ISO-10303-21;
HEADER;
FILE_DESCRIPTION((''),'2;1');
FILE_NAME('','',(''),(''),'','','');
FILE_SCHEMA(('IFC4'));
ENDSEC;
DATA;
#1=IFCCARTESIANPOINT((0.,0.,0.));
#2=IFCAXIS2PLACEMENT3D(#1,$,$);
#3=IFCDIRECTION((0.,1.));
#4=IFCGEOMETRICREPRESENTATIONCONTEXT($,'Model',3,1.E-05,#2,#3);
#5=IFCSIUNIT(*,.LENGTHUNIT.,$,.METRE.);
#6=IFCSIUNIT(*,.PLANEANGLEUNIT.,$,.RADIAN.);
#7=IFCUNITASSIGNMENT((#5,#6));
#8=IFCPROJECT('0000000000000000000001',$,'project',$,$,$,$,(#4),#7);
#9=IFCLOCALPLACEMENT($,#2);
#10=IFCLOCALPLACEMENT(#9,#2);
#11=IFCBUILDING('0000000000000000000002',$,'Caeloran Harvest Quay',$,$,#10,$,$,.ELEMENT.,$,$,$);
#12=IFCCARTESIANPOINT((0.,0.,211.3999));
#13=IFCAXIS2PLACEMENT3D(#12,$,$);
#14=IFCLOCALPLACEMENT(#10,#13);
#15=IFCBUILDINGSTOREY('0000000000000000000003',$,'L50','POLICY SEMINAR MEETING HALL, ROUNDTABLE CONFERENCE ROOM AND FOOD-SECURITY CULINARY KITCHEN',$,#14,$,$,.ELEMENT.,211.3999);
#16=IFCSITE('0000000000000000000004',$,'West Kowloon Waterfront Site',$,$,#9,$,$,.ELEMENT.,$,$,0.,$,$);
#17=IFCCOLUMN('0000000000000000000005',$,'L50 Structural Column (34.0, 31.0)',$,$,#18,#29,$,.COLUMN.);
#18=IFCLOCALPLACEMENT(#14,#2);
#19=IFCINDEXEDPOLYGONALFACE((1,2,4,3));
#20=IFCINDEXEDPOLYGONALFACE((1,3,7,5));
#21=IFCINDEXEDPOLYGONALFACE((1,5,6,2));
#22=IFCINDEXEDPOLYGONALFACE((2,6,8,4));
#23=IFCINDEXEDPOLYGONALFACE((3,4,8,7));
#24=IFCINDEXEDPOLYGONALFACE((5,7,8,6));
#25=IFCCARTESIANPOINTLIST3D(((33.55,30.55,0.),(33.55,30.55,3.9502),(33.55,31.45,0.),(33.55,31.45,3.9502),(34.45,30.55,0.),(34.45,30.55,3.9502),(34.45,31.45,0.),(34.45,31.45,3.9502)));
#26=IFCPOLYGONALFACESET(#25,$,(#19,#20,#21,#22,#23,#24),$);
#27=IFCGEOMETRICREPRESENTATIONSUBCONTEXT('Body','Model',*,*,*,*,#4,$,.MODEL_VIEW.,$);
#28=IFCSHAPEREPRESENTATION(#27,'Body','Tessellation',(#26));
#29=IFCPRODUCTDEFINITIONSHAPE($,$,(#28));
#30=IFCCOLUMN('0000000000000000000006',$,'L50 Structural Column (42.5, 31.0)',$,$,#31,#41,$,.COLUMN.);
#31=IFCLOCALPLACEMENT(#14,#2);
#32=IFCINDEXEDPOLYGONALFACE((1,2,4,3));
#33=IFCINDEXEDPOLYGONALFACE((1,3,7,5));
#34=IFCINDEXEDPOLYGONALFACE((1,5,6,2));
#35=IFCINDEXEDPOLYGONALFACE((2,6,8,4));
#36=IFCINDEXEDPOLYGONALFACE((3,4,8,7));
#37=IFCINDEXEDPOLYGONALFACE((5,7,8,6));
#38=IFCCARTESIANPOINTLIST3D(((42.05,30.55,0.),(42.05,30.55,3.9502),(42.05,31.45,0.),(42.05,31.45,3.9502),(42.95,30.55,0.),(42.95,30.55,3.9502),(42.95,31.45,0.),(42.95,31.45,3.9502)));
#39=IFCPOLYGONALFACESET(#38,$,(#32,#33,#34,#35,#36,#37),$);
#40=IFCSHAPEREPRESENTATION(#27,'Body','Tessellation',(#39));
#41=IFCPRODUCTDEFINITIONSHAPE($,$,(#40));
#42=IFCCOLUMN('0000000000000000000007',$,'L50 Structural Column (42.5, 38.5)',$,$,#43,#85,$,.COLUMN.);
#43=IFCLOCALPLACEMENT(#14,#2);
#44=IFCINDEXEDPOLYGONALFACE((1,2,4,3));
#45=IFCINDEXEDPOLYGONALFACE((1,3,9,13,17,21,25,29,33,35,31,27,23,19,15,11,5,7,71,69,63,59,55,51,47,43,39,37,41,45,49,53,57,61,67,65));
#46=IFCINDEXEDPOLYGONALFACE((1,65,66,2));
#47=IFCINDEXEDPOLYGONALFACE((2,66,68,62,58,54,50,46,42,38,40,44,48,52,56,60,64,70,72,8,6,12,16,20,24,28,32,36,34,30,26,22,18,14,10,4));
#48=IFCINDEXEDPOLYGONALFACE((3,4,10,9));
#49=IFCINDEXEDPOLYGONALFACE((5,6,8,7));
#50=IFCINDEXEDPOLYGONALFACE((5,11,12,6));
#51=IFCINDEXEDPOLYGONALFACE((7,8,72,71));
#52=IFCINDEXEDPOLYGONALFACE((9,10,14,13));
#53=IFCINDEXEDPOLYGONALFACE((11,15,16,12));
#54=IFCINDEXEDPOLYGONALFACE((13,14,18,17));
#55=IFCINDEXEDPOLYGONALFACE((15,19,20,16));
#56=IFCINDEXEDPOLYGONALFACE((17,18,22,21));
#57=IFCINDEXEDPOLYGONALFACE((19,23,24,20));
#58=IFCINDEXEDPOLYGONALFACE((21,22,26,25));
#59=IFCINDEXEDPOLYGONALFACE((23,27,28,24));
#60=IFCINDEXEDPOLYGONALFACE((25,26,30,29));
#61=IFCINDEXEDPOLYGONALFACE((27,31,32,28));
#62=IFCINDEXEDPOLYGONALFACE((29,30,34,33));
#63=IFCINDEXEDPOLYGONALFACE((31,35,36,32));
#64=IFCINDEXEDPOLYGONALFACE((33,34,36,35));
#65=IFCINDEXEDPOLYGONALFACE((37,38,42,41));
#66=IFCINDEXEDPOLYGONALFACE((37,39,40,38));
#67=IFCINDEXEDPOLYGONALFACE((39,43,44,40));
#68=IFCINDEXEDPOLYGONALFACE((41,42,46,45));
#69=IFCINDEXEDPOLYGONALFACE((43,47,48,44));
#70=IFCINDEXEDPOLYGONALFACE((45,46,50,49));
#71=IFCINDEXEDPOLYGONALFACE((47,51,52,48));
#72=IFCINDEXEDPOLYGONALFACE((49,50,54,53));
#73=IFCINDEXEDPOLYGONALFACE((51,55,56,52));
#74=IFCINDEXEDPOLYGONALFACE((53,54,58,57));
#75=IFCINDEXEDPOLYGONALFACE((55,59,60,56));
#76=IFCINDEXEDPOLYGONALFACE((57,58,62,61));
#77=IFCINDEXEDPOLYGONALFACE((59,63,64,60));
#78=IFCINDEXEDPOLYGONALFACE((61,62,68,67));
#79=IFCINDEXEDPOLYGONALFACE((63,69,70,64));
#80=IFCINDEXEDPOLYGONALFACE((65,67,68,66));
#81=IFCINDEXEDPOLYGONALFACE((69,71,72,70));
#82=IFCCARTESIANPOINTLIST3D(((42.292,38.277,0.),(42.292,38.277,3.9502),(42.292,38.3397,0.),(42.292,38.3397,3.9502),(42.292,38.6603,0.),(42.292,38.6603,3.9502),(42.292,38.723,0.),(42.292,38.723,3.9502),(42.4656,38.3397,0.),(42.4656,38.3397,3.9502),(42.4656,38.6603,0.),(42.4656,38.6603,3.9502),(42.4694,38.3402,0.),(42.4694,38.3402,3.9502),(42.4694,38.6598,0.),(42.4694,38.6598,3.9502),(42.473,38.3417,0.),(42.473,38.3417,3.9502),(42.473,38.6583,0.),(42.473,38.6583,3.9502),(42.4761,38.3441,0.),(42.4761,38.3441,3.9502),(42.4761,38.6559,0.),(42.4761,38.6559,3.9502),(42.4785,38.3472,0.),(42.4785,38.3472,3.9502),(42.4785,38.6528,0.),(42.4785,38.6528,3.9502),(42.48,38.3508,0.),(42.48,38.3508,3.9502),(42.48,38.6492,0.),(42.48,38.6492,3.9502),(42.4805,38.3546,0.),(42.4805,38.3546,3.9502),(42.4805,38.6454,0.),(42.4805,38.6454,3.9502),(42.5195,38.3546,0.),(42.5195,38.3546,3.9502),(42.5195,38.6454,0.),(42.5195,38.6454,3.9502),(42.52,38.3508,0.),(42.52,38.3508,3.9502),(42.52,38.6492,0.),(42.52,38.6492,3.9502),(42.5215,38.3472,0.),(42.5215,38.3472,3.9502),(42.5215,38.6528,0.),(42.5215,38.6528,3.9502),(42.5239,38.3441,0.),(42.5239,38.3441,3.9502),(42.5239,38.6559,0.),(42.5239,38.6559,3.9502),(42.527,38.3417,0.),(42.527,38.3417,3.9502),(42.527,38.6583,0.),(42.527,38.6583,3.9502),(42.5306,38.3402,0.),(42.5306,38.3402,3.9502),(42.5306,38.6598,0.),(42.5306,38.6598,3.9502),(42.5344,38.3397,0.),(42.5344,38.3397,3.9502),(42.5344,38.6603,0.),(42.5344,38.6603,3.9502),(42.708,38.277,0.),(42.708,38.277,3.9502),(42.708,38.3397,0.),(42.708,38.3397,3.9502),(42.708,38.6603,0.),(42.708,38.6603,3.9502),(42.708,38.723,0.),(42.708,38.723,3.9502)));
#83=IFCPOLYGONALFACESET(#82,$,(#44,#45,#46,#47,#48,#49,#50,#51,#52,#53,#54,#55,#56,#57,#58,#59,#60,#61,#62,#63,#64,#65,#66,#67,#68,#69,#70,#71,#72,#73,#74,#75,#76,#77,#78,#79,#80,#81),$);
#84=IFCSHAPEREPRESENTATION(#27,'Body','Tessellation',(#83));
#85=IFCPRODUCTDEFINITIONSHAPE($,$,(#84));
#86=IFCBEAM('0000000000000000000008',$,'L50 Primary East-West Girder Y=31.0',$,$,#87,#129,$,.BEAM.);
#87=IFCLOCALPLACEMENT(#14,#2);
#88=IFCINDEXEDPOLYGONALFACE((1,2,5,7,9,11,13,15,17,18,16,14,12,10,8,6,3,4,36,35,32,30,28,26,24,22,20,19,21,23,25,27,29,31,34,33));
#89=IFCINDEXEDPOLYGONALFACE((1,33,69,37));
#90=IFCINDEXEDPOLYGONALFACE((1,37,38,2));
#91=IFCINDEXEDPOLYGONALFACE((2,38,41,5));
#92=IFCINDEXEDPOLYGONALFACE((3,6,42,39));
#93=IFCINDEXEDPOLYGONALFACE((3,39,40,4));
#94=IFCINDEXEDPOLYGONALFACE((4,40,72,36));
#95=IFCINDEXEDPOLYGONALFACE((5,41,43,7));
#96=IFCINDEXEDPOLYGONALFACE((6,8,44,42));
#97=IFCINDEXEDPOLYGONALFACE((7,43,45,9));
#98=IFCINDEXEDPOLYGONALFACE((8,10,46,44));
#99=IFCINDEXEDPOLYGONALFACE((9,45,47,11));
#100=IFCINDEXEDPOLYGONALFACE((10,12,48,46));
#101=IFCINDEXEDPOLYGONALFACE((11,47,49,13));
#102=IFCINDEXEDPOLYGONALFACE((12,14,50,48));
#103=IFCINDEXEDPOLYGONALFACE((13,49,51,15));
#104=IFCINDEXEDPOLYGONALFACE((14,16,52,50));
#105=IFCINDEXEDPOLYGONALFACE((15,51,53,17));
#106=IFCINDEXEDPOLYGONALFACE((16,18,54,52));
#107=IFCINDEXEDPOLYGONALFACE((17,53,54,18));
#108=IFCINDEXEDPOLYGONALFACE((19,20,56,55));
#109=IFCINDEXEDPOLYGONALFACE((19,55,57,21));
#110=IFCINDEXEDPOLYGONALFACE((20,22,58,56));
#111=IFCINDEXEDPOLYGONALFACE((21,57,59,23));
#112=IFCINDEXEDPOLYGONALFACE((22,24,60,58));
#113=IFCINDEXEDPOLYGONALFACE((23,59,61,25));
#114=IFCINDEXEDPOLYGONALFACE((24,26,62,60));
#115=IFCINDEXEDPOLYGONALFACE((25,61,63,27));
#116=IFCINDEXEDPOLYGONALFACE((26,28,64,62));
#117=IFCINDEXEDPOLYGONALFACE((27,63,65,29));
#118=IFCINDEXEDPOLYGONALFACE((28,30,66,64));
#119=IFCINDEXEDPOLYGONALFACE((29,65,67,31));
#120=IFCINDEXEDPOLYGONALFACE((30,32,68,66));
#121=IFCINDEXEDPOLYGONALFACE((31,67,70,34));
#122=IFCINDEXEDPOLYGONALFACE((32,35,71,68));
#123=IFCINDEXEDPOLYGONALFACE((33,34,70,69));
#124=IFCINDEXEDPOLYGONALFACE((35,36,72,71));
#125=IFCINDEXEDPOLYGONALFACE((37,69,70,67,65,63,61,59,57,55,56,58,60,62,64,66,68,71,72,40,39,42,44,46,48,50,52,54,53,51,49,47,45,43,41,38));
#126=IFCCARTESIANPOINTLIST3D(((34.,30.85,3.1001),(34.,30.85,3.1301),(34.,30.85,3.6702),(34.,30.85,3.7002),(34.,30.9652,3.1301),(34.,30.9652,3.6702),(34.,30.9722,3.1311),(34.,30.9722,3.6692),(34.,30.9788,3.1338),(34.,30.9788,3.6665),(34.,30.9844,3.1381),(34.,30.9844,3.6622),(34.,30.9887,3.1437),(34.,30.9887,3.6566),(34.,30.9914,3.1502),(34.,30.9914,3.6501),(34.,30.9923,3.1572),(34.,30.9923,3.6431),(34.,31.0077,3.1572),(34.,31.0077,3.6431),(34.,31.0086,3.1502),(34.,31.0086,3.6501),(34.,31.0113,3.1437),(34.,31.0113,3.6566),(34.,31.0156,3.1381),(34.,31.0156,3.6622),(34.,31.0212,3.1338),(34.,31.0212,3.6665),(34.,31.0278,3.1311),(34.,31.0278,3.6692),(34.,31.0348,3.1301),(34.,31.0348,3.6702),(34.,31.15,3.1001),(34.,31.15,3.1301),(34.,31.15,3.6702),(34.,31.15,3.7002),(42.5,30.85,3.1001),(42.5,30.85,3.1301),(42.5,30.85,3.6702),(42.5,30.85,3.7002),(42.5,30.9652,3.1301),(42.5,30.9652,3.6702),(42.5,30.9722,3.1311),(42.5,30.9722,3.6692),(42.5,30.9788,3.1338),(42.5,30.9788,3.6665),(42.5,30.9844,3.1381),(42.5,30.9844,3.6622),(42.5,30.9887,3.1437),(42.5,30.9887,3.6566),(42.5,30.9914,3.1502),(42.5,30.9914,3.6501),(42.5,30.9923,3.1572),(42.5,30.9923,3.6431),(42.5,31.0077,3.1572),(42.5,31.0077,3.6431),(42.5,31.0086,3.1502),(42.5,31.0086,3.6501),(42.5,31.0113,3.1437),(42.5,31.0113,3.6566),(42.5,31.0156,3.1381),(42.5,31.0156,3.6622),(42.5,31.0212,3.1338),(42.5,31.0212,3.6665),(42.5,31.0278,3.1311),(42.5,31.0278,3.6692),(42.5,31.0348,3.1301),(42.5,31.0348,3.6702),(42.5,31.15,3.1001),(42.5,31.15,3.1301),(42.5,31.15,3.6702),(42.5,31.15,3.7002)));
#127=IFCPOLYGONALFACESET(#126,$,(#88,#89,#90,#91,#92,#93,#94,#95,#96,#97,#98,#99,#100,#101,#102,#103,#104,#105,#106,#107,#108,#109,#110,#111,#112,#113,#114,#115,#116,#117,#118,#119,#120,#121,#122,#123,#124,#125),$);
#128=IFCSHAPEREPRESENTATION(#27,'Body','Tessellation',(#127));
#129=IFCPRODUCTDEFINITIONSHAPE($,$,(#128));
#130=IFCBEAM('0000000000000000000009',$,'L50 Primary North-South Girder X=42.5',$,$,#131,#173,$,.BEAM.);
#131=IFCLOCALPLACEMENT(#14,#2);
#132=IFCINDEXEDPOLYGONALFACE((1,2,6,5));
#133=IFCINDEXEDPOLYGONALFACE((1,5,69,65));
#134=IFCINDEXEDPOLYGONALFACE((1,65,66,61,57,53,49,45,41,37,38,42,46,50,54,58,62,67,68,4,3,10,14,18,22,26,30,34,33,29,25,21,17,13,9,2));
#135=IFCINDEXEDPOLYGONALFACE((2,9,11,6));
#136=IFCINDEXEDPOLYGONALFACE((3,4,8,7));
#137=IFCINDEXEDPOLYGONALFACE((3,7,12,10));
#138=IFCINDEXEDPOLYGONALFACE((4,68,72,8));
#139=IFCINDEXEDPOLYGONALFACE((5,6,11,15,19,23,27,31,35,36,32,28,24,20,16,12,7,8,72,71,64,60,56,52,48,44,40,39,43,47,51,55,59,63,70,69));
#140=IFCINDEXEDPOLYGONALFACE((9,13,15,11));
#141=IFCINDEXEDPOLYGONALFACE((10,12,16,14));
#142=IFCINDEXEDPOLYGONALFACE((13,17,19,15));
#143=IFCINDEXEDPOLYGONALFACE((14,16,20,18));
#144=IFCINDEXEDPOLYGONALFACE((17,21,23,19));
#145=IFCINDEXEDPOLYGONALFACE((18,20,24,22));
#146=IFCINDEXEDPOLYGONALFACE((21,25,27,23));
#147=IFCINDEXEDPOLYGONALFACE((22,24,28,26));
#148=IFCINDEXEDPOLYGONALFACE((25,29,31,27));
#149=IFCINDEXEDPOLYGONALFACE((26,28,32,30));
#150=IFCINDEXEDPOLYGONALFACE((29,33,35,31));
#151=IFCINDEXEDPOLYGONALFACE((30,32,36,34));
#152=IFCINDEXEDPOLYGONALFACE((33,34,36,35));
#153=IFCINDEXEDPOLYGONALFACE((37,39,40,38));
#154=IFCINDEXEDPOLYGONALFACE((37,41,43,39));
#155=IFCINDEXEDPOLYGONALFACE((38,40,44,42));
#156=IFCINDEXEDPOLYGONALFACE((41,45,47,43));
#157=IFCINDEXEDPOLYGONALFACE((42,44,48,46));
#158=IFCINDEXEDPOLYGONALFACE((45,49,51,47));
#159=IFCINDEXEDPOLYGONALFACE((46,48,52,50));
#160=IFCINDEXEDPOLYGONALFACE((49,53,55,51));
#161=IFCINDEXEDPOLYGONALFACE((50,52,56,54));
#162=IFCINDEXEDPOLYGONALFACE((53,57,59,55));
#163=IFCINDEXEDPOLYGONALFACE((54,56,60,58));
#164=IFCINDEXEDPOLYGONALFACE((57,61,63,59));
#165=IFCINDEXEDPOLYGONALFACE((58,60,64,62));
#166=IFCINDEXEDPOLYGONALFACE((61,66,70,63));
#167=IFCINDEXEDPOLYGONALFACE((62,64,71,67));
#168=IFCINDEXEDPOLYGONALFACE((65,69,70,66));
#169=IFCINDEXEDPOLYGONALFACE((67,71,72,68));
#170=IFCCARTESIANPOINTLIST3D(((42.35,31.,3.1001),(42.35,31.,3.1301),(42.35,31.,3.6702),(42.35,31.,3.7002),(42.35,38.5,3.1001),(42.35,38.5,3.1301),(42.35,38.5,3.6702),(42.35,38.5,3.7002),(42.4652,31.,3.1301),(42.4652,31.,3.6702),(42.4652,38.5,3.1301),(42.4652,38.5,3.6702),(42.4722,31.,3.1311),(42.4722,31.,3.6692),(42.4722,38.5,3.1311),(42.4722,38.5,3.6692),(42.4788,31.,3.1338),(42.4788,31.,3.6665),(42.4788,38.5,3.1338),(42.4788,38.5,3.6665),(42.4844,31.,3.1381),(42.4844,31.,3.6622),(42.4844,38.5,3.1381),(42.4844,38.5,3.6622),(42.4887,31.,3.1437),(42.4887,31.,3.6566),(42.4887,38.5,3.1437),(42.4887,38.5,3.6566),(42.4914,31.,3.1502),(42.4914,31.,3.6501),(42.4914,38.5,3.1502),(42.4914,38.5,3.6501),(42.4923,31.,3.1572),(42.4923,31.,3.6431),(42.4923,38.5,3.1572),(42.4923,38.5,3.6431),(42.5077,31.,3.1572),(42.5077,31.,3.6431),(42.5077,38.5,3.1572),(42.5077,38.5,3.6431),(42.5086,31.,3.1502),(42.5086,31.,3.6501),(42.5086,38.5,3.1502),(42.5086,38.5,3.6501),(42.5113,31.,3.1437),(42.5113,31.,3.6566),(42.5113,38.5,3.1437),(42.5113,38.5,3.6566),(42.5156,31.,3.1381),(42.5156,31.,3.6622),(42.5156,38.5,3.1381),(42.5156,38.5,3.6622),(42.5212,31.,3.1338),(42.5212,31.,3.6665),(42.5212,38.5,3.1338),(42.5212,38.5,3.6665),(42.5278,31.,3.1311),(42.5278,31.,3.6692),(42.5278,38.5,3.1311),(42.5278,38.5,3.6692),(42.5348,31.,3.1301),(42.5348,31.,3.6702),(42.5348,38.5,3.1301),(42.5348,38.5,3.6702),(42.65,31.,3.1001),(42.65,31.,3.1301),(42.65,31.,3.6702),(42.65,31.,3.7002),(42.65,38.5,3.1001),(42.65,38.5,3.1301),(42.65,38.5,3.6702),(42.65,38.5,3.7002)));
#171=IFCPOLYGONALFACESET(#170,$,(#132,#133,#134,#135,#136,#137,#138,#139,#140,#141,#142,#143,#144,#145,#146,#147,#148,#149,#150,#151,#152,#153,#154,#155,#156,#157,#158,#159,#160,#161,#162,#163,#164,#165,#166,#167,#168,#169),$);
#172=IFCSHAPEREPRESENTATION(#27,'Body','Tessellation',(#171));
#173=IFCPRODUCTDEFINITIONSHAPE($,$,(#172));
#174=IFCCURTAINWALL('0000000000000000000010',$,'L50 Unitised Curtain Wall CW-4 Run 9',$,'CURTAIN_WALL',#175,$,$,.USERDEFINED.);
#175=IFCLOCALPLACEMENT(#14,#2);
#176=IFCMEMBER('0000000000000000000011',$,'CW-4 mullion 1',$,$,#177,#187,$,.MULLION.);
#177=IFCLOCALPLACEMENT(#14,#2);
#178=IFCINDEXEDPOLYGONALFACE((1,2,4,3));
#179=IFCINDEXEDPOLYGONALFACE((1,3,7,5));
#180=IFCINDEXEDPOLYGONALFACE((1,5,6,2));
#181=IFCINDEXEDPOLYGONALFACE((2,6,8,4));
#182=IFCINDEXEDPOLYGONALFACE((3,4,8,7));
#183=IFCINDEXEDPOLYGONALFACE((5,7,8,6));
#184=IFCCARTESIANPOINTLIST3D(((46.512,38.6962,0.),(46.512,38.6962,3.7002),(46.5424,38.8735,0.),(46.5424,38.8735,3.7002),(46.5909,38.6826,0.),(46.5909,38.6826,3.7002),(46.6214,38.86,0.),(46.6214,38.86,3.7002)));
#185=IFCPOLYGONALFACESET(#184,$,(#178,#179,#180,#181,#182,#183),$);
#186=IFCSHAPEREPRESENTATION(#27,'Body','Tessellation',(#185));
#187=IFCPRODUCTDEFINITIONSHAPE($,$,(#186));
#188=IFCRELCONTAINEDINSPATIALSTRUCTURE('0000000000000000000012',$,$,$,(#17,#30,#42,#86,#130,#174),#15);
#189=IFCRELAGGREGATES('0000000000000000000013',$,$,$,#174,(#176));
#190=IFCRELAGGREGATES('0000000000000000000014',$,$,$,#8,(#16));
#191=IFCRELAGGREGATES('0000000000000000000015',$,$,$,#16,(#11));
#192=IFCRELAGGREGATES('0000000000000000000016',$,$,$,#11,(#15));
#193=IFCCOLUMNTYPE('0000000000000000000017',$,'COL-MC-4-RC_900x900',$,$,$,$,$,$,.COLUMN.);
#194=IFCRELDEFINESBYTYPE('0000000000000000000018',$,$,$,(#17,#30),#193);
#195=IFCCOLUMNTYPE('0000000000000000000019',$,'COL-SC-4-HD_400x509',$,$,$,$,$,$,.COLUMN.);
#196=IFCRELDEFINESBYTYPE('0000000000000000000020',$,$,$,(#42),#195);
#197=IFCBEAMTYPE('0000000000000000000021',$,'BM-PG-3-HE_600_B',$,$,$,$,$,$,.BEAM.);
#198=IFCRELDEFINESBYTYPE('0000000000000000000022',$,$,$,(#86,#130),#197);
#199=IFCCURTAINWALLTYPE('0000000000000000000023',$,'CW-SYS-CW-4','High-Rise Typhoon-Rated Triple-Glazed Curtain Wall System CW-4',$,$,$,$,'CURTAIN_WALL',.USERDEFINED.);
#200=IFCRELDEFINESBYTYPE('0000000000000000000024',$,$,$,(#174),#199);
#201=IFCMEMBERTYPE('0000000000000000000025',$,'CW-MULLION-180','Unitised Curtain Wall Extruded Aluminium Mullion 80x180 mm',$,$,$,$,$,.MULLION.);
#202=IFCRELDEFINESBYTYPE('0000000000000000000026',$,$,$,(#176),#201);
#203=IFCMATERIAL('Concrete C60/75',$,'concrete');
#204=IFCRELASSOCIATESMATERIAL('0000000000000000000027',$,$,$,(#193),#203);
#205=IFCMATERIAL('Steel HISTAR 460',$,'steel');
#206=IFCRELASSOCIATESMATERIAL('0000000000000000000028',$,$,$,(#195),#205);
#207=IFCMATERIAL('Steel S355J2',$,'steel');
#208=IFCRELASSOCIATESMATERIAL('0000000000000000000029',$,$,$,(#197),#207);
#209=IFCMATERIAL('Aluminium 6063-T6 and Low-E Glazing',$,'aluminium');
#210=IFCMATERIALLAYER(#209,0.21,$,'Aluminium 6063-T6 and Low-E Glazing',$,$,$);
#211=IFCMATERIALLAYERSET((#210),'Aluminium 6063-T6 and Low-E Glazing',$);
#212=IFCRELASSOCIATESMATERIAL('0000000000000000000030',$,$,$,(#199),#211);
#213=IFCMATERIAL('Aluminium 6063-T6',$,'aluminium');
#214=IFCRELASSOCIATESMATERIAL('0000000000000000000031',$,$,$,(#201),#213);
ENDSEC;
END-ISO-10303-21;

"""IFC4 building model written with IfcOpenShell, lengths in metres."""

from ifc_helpers import new_model, si_unit, direction, frame, origin, origin_2d, place, context, subcontext, project, spatial, rectangle, i_section, extrude, material, layer, layer_set, material_profile, profile_set, type_object, element, aggregate, save


model = new_model("IFC4")

# Units and contexts
model_context = context("Model", 3, precision=1e-05, world=origin(), true_north=direction((0.0, 1.0)))
body_context = subcontext(model_context, "Body", "Model", "MODEL_VIEW")
ifc_project = project(units=[si_unit("LENGTHUNIT", "METRE"), si_unit("PLANEANGLEUNIT", "RADIAN")], contexts=[model_context])

# Site, building, storey
site_placement = place(None, origin())
site = spatial("IfcSite", under=ifc_project, at=site_placement, Name="West Kowloon Waterfront Site", CompositionType="ELEMENT", RefElevation=0.0)
building_placement = place(site_placement, origin())
building = spatial("IfcBuilding", under=site, at=building_placement, Name="Caeloran Harvest Quay", CompositionType="ELEMENT")
storey_placement = place(building_placement, frame((0.0, 0.0, 211.3999)))
storey = spatial("IfcBuildingStorey", under=building, at=storey_placement, Name="L50", Description="POLICY SEMINAR MEETING HALL, ROUNDTABLE CONFERENCE ROOM AND FOOD-SECURITY CULINARY KITCHEN", CompositionType="ELEMENT", Elevation=211.3999)

# Columns
ifc_material_1 = material(Name="Concrete C60/75", Category="concrete")
ifc_material_profile_1 = material_profile(ifc_material_1, rectangle(XDim=0.8999, YDim=0.8999, at=origin_2d()), Name="RC 900x900")
ifc_profile_set_1 = profile_set([ifc_material_profile_1], Name="Concrete C60/75")
column_type_1 = type_object("IfcColumnType", Name="COL-MC-4-RC_900x900", PredefinedType="COLUMN", material=ifc_profile_set_1)
for number, where, z_axis, x_axis, name in (
    (1, (34.0, 31.0, 0.0), (0.0, 0.0, 1.0), (1.0, 0.0, 0.0), "L50 Structural Column (34.0, 31.0)"),
    (2, (42.5, 31.0, 0.0), (0.0, 0.0, 1.0), (1.0, 0.0, 0.0), "L50 Structural Column (42.5, 31.0)"),
):
    element("IfcColumn", number, at=place(storey_placement, frame(where, z_axis=z_axis, x_axis=x_axis)), inside=storey, type_object=column_type_1, Name=name, PredefinedType="COLUMN", context=body_context, shape_type="SweptSolid", body=[
        extrude(rectangle(XDim=0.8999, YDim=0.8999, at=origin_2d()), origin(), (0.0, 0.0, 1.0), 3.9502),
    ])
ifc_material_2 = material(Name="Steel HISTAR 460", Category="steel")
ifc_material_profile_2 = material_profile(ifc_material_2, i_section(OverallWidth=0.416, OverallDepth=0.446, WebThickness=0.0391, FlangeThickness=0.0627, FilletRadius=0.0149, at=origin_2d()), Name="HD 400x509")
ifc_profile_set_2 = profile_set([ifc_material_profile_2], Name="Steel HISTAR 460")
column_type_2 = type_object("IfcColumnType", Name="COL-SC-4-HD_400x509", PredefinedType="COLUMN", material=ifc_profile_set_2)
column_placement = place(storey_placement, frame((42.5, 38.5, 0.0), z_axis=(0.0, 0.0, 1.0), x_axis=(1.0, 0.0, 0.0)))
element("IfcColumn", 3, at=column_placement, inside=storey, type_object=column_type_2, Name="L50 Structural Column (42.5, 38.5)", PredefinedType="COLUMN", context=body_context, shape_type="SweptSolid", body=[
    extrude(i_section(OverallWidth=0.416, OverallDepth=0.446, WebThickness=0.0391, FlangeThickness=0.0627, FilletRadius=0.0149, at=origin_2d()), origin(), (0.0, 0.0, 1.0), 3.9502),
])

# Beams
ifc_material_3 = material(Name="Steel S355J2", Category="steel")
ifc_material_profile_3 = material_profile(ifc_material_3, i_section(OverallWidth=0.3, OverallDepth=0.6001, WebThickness=0.0154, FlangeThickness=0.03, FilletRadius=0.0271, at=origin_2d()), Name="HE 600 B")
ifc_profile_set_3 = profile_set([ifc_material_profile_3], Name="Steel S355J2")
beam_type = type_object("IfcBeamType", Name="BM-PG-3-HE_600_B", PredefinedType="BEAM", material=ifc_profile_set_3)
beam_1_placement = place(storey_placement, frame((34.0, 31.0, 3.4001), z_axis=(1.0, 0.0, 0.0), x_axis=(0.0, 1.0, 0.0)))
element("IfcBeam", 4, at=beam_1_placement, inside=storey, type_object=beam_type, Name="L50 Primary East-West Girder Y=31.0", PredefinedType="BEAM", context=body_context, shape_type="SweptSolid", body=[
    extrude(i_section(OverallWidth=0.3, OverallDepth=0.6001, WebThickness=0.0154, FlangeThickness=0.03, FilletRadius=0.0271, at=origin_2d()), origin(), (0.0, 0.0, 1.0), 8.5),
])
beam_2_placement = place(storey_placement, frame((42.5, 31.0, 3.4001), z_axis=(0.0, 1.0, 0.0), x_axis=(-1.0, 0.0, 0.0)))
element("IfcBeam", 5, at=beam_2_placement, inside=storey, type_object=beam_type, Name="L50 Primary North-South Girder X=42.5", PredefinedType="BEAM", context=body_context, shape_type="SweptSolid", body=[
    extrude(i_section(OverallWidth=0.3, OverallDepth=0.6001, WebThickness=0.0154, FlangeThickness=0.03, FilletRadius=0.0271, at=origin_2d()), origin(), (0.0, 0.0, 1.0), 7.5),
])

# Curtain wall, member
ifc_material_4 = material(Name="Aluminium 6063-T6 and Low-E Glazing", Category="aluminium")
ifc_layer_1 = layer(ifc_material_4, 0.21, Name="Aluminium 6063-T6 and Low-E Glazing")
ifc_layer_set_1 = layer_set([ifc_layer_1], Name="Aluminium 6063-T6 and Low-E Glazing")
curtain_wall_type = type_object("IfcCurtainWallType", Name="CW-SYS-CW-4", Description="High-Rise Typhoon-Rated Triple-Glazed Curtain Wall System CW-4", ElementType="CURTAIN_WALL", PredefinedType="USERDEFINED", material=ifc_layer_set_1)
curtain_wall_placement = place(storey_placement, origin())
curtain_wall = element("IfcCurtainWall", 6, at=curtain_wall_placement, inside=storey, type_object=curtain_wall_type, Name="L50 Unitised Curtain Wall CW-4 Run 9", ObjectType="CURTAIN_WALL", PredefinedType="USERDEFINED")
ifc_material_5 = material(Name="Aluminium 6063-T6", Category="aluminium")
ifc_material_profile_4 = material_profile(ifc_material_5, rectangle(XDim=0.0801, YDim=0.1799, at=origin_2d()), Name="CW-MULLION-180")
ifc_profile_set_4 = profile_set([ifc_material_profile_4], Name="Aluminium 6063-T6")
member_type_1 = type_object("IfcMemberType", Name="CW-MULLION-180", Description="Unitised Curtain Wall Extruded Aluminium Mullion 80x180 mm", PredefinedType="MULLION", material=ifc_profile_set_4)
member_1_placement = place(storey_placement, frame((46.5667, 38.7781, 0.0), z_axis=(0.0, 0.0, 1.0), x_axis=(0.985549, -0.169391, 0.0)))
member_1 = element("IfcMember", 7, at=member_1_placement, type_object=member_type_1, Name="CW-4 mullion 1", PredefinedType="MULLION", context=body_context, shape_type="SweptSolid", body=[
    extrude(rectangle(XDim=0.0801, YDim=0.1799, at=origin_2d()), origin(), (0.0, 0.0, 1.0), 3.7002),
])
aggregate(curtain_wall, [member_1])

save(model, "model.ifc")
